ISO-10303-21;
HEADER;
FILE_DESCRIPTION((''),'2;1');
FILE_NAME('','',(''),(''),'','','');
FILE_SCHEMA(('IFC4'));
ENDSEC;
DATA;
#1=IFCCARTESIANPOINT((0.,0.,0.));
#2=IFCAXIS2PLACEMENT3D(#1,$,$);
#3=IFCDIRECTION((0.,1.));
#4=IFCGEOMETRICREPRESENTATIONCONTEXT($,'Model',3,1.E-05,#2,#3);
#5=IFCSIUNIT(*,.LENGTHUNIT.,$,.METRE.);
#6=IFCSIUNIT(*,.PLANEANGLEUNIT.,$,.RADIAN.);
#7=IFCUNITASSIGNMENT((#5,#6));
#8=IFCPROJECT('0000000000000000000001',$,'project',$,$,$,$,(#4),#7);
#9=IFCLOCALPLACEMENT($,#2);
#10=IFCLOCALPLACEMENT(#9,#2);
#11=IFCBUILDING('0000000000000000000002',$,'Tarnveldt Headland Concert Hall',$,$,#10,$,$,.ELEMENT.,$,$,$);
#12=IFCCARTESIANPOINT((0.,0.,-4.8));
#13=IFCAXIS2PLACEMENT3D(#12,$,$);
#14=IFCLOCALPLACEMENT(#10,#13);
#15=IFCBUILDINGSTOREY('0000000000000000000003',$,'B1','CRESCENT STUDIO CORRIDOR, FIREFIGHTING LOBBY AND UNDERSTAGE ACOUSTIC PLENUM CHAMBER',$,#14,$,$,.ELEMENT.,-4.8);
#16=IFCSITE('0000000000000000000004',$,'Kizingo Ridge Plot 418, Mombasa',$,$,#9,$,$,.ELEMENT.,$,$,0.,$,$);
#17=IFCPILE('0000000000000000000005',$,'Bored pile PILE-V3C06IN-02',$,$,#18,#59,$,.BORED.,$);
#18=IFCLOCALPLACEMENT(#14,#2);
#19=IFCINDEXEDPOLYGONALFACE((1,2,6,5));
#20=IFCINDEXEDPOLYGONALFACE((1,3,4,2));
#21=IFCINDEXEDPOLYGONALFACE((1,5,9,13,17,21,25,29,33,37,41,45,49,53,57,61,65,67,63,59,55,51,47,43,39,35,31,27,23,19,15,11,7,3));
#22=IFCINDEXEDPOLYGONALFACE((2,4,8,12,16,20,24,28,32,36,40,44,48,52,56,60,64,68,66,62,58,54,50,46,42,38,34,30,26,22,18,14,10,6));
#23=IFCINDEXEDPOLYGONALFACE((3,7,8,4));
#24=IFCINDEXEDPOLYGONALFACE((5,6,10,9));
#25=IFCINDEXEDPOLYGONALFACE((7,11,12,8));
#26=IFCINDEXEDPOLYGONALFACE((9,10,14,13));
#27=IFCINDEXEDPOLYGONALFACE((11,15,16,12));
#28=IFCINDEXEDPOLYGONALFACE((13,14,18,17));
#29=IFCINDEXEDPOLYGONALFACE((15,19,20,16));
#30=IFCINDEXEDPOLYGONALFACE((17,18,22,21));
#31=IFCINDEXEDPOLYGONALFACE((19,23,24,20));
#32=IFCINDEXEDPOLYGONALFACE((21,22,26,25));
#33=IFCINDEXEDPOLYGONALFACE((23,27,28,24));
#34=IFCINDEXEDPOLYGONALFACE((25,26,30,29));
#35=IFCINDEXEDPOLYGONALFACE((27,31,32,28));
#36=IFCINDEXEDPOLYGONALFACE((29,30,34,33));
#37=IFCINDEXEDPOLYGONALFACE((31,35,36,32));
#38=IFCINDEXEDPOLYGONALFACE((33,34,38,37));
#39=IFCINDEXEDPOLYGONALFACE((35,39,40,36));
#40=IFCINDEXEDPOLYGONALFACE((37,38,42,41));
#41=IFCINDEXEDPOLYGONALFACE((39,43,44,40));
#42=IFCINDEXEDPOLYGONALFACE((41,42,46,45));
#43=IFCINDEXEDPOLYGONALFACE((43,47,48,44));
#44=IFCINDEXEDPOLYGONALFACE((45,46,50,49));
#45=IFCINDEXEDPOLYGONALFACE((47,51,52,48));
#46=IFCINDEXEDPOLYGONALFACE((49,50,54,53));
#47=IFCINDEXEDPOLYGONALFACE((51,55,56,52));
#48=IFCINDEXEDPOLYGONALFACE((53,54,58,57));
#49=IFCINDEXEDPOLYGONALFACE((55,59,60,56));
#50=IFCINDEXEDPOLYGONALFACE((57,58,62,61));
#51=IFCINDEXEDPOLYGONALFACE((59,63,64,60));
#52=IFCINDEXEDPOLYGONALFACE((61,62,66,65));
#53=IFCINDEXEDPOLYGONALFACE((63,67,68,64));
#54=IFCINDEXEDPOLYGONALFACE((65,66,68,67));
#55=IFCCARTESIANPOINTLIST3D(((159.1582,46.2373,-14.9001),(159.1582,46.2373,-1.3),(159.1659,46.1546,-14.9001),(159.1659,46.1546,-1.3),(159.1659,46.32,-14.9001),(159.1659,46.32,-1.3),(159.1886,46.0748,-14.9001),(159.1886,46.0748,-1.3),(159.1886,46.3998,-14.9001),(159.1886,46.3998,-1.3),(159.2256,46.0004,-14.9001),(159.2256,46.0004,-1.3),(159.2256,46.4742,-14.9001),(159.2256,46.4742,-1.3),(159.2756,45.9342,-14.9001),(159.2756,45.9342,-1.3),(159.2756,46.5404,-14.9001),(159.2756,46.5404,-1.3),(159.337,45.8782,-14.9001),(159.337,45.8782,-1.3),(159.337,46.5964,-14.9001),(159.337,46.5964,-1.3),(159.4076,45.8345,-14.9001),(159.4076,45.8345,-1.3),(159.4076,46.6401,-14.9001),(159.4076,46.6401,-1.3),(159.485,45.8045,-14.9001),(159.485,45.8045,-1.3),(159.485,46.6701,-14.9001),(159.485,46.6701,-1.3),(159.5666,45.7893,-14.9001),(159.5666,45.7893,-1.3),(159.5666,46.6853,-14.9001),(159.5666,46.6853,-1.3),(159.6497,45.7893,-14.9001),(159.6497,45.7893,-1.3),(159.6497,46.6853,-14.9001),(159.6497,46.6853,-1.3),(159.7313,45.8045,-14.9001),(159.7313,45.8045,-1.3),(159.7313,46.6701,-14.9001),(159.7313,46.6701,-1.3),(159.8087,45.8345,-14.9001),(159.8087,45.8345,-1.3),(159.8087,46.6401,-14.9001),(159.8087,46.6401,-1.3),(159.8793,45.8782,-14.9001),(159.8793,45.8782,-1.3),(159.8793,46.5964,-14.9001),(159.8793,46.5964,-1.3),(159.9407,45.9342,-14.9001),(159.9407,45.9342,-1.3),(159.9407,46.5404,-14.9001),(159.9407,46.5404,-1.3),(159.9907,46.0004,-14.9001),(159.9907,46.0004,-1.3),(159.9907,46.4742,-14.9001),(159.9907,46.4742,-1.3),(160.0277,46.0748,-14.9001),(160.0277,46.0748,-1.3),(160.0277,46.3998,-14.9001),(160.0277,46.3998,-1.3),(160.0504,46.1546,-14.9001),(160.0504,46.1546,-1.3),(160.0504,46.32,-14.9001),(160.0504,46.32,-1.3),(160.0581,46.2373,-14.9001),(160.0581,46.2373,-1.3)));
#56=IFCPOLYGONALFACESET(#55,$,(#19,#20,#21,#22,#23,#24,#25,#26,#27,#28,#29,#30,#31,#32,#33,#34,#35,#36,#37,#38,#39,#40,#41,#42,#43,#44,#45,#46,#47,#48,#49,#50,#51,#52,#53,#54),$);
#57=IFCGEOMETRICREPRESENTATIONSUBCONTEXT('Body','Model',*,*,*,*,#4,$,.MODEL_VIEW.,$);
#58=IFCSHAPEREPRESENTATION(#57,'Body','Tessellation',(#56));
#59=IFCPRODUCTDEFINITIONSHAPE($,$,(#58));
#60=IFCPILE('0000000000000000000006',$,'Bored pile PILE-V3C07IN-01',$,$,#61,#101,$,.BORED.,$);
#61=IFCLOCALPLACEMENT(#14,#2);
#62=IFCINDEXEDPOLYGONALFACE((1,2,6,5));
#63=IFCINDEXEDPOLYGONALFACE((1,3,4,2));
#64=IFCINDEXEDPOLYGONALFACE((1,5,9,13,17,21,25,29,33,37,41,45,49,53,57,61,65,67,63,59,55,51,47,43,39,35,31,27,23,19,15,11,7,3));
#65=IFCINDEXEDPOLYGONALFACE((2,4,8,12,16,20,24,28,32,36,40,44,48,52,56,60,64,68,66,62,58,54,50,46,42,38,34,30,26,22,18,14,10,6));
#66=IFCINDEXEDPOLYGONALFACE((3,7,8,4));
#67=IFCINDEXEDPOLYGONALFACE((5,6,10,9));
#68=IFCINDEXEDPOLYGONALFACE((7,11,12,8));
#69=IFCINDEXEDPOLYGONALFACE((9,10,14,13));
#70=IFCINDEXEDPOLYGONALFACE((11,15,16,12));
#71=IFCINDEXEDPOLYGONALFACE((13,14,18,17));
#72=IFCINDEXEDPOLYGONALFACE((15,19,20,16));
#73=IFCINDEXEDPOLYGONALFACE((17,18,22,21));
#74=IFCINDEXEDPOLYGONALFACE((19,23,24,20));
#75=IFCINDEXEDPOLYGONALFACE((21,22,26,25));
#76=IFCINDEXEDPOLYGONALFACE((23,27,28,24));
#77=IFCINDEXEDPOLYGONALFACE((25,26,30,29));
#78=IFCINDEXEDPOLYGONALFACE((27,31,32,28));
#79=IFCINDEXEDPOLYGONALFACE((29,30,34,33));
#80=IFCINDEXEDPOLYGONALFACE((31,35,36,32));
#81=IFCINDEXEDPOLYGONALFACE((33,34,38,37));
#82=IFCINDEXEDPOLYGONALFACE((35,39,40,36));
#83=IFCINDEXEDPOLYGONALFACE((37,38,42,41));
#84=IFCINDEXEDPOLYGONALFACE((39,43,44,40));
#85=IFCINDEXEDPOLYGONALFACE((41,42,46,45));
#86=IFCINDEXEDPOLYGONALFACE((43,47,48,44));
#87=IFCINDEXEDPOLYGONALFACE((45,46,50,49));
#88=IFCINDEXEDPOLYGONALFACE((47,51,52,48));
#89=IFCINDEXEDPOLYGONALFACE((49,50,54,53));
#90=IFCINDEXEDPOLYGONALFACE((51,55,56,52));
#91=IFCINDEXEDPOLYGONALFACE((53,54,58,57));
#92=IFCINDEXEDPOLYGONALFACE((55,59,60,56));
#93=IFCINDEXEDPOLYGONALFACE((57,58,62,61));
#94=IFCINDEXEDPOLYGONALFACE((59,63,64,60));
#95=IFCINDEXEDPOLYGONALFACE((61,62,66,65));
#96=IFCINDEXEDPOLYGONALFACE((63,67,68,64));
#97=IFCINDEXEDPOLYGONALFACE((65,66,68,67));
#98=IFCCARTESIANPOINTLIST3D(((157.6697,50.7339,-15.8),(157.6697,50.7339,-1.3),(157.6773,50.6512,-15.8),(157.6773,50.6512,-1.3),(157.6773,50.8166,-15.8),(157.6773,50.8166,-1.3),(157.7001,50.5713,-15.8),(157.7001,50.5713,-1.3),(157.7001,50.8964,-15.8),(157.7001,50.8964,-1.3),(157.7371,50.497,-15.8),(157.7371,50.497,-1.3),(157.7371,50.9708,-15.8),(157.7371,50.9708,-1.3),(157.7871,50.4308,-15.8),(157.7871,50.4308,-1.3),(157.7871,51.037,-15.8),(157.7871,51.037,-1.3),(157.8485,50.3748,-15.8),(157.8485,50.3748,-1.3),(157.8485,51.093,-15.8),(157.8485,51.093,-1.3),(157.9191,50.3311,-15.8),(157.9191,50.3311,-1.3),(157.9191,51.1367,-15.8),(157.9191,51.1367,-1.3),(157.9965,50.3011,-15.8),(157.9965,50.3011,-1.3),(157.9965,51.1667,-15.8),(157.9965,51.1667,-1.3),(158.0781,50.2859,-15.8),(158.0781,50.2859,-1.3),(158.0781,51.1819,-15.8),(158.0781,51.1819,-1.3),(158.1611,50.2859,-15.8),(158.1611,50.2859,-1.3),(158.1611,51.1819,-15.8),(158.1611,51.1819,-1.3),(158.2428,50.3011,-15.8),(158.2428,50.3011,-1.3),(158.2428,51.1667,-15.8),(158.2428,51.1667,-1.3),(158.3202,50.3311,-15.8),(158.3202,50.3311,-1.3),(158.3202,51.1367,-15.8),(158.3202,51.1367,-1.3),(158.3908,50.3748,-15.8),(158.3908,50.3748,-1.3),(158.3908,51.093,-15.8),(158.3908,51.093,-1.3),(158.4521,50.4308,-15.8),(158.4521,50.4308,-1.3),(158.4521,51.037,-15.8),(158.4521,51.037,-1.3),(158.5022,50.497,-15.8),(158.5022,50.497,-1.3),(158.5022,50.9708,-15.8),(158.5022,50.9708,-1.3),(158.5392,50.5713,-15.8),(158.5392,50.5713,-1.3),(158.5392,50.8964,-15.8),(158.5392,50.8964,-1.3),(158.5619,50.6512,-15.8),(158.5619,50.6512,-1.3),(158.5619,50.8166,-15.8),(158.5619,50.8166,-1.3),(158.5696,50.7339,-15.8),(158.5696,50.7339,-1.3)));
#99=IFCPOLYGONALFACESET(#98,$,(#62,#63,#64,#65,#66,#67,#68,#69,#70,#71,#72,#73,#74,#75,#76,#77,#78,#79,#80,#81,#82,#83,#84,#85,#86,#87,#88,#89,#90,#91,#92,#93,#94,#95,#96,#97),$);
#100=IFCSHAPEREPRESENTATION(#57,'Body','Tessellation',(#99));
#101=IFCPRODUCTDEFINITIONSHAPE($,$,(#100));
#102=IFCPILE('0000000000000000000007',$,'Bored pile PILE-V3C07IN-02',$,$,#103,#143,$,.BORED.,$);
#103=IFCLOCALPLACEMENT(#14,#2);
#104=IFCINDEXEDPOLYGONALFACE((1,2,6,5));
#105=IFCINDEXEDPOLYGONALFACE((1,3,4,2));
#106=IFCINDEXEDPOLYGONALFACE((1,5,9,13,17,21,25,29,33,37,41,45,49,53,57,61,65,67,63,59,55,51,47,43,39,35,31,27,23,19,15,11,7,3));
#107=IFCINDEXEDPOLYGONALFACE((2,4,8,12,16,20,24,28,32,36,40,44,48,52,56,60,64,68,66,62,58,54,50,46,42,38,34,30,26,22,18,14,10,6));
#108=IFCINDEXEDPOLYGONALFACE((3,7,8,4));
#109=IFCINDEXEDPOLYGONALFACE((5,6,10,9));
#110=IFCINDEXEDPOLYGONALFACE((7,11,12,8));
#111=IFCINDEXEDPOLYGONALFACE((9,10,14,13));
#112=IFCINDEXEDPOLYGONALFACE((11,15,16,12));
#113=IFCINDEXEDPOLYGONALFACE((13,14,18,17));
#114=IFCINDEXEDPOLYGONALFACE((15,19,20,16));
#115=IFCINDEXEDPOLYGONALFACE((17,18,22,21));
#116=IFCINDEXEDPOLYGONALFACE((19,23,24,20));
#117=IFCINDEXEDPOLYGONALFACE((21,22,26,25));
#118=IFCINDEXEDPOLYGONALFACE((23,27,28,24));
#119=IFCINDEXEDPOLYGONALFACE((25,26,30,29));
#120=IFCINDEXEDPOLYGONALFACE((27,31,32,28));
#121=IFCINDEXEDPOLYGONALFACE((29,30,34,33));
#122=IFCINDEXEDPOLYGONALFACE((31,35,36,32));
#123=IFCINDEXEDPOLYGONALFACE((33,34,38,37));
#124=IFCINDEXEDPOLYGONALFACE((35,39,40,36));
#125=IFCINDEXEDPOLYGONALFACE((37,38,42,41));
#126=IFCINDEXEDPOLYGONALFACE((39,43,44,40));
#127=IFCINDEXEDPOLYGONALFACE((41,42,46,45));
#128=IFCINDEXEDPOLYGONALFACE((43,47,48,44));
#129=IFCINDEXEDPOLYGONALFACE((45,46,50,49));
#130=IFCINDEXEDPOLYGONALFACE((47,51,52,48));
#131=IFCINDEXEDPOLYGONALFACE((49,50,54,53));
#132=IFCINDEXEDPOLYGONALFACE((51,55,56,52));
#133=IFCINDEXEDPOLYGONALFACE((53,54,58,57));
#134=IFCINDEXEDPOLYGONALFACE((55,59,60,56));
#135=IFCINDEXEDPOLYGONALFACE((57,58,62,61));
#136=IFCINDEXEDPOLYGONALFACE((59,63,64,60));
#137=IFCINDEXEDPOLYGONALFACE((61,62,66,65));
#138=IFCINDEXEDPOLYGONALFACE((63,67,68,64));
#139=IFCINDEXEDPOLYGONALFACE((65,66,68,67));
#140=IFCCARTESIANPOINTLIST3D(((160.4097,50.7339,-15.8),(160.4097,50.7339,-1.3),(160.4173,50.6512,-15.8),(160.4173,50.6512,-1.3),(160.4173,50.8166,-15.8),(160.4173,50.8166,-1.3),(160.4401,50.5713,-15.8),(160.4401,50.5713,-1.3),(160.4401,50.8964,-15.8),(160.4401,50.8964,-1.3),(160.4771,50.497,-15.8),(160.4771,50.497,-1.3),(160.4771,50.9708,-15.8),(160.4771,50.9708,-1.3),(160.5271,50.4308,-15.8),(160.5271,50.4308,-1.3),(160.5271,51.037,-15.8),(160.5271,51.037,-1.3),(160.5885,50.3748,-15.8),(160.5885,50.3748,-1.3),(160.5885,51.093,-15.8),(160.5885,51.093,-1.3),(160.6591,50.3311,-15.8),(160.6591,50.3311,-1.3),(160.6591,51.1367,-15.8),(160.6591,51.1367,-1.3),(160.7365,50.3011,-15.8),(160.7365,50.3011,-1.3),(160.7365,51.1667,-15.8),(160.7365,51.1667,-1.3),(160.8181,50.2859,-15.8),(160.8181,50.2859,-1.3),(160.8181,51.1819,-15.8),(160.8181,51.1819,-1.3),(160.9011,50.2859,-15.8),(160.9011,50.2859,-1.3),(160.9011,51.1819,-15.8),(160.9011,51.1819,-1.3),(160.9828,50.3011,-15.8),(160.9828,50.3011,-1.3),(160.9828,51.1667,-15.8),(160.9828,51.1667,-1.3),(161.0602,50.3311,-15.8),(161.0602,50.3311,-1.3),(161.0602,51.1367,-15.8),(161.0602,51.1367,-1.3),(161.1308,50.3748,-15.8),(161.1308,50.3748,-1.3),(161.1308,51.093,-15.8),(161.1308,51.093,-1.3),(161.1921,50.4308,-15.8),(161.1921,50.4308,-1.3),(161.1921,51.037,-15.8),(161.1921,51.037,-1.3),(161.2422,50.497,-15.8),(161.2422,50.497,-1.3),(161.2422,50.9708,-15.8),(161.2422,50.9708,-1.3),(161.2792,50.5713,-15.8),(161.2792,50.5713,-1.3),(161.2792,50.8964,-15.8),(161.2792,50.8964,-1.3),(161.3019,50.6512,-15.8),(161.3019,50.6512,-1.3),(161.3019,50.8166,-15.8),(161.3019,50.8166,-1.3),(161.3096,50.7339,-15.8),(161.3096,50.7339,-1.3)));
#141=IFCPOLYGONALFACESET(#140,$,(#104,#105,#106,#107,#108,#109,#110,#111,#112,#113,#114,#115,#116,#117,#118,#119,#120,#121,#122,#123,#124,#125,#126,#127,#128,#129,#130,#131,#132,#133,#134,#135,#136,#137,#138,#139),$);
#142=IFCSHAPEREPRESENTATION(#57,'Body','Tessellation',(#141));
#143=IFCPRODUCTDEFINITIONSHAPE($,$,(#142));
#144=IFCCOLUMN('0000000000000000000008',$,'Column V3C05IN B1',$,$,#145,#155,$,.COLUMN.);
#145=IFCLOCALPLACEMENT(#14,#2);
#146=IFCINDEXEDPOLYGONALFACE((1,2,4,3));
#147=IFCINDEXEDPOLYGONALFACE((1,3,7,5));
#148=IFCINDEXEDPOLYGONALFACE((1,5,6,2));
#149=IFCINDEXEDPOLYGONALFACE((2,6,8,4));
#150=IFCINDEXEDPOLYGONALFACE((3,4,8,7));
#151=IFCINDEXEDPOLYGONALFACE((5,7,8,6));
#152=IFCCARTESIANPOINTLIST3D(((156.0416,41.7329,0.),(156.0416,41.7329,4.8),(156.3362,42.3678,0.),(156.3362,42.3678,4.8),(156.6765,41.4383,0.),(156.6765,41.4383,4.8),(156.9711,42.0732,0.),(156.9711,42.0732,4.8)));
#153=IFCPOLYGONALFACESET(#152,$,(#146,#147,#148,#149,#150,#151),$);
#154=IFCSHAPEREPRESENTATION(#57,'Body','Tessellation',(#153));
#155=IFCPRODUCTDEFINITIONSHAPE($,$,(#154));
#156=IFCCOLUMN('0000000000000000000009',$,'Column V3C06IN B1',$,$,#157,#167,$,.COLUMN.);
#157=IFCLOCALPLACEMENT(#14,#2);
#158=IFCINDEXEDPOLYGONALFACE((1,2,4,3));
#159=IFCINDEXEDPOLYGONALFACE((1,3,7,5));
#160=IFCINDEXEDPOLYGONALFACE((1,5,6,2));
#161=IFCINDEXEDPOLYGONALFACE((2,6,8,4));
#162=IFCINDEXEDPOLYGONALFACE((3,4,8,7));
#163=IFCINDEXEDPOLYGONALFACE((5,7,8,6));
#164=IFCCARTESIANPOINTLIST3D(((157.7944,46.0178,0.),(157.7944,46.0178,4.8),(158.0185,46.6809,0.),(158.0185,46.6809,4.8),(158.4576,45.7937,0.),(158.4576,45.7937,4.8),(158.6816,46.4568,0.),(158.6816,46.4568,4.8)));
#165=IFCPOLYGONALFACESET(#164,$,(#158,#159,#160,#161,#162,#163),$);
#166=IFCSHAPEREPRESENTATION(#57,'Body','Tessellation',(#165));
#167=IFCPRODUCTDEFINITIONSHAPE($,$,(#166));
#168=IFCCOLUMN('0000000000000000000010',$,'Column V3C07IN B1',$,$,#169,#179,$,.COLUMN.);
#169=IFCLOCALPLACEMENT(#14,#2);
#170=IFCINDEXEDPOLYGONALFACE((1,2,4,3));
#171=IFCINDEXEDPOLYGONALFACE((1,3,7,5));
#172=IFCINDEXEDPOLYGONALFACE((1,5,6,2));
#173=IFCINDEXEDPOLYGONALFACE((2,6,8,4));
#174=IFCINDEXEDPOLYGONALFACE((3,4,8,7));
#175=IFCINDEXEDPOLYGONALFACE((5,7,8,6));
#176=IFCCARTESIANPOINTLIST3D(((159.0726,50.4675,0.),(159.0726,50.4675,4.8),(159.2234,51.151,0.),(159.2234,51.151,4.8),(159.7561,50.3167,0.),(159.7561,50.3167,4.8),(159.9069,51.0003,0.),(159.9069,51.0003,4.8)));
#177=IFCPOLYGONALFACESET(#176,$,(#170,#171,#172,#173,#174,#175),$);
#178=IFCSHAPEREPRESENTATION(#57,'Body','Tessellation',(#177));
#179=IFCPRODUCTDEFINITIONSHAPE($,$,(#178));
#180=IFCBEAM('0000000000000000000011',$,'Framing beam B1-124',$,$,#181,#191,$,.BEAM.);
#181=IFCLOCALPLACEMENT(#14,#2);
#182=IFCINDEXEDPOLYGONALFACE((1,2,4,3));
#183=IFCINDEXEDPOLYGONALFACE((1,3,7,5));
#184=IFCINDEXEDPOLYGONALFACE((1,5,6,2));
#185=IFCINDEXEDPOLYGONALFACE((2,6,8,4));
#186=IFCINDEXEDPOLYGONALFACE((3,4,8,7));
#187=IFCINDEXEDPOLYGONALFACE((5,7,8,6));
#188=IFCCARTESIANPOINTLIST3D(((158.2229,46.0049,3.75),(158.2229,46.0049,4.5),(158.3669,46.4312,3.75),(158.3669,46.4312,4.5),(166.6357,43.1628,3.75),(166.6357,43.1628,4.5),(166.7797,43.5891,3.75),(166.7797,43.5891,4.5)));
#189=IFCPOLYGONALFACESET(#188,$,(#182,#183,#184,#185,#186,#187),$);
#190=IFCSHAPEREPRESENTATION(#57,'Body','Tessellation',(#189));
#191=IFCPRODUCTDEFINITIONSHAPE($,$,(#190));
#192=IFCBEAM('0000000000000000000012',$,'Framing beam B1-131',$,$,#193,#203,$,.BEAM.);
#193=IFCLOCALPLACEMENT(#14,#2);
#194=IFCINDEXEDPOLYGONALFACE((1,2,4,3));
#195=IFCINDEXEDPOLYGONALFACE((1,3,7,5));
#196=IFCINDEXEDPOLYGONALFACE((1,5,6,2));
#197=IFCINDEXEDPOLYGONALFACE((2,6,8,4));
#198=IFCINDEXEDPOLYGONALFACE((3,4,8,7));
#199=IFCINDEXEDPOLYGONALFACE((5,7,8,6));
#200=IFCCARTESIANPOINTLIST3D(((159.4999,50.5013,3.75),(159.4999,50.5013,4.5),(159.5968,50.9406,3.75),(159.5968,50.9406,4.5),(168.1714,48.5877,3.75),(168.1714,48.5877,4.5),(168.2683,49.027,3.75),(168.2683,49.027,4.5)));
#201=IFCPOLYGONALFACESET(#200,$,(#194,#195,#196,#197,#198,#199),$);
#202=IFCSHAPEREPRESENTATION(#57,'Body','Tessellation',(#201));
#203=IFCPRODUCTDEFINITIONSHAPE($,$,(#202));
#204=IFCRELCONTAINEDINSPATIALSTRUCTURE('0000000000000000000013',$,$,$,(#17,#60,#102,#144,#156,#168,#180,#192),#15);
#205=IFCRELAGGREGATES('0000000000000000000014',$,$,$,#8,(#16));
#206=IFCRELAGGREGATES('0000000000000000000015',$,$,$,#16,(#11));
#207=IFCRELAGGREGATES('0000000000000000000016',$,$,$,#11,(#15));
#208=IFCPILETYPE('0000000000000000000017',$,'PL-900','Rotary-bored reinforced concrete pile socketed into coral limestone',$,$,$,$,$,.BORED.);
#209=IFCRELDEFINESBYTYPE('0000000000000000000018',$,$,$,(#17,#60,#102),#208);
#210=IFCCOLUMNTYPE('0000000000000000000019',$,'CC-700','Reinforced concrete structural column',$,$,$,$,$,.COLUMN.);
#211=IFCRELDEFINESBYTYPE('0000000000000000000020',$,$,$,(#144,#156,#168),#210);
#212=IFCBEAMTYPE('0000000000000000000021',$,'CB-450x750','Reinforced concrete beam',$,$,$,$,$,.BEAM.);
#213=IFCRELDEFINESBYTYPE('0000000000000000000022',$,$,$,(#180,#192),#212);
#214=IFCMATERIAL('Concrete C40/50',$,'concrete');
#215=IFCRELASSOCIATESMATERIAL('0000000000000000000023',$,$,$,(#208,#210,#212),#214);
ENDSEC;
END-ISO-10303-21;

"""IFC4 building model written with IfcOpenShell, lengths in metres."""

from ifc_helpers import new_model, si_unit, direction, frame, origin, origin_2d, place, context, subcontext, project, spatial, rectangle, circle, extrude, material, material_profile, profile_set, type_object, element, save


model = new_model("IFC4")

# Units and contexts
model_context = context("Model", 3, precision=1e-05, world=origin(), true_north=direction((0.0, 1.0)))
body_context = subcontext(model_context, "Body", "Model", "MODEL_VIEW")
ifc_project = project(units=[si_unit("LENGTHUNIT", "METRE"), si_unit("PLANEANGLEUNIT", "RADIAN")], contexts=[model_context])

# Site, building, storey
site_placement = place(None, origin())
site = spatial("IfcSite", under=ifc_project, at=site_placement, Name="Kizingo Ridge Plot 418, Mombasa", CompositionType="ELEMENT", RefElevation=0.0)
building_placement = place(site_placement, origin())
building = spatial("IfcBuilding", under=site, at=building_placement, Name="Tarnveldt Headland Concert Hall", CompositionType="ELEMENT")
storey_placement = place(building_placement, frame((0.0, 0.0, -4.8)))
storey = spatial("IfcBuildingStorey", under=building, at=storey_placement, Name="B1", Description="CRESCENT STUDIO CORRIDOR, FIREFIGHTING LOBBY AND UNDERSTAGE ACOUSTIC PLENUM CHAMBER", CompositionType="ELEMENT", Elevation=-4.8)

# Shared definitions
ifc_material_1 = material(Name="Concrete C40/50", Category="concrete")

# Piles
ifc_material_profile_1 = material_profile(ifc_material_1, circle(Radius=0.45, at=origin_2d()), Name="BORED PILE D900", Category="concrete")
ifc_profile_set_1 = profile_set([ifc_material_profile_1], Name="Concrete C40/50")
pile_type = type_object("IfcPileType", Name="PL-900", Description="Rotary-bored reinforced concrete pile socketed into coral limestone", PredefinedType="BORED", material=ifc_profile_set_1)
for number, where, z_axis, x_axis, name in (
    (1, (159.6082, 46.2373, -1.3), (0.0, 0.0, -1.0), (1.0, 0.0, 0.0), "Bored pile PILE-V3C06IN-02"),
):
    element("IfcPile", number, at=place(storey_placement, frame(where, z_axis=z_axis, x_axis=x_axis)), inside=storey, type_object=pile_type, Name=name, PredefinedType="BORED", context=body_context, shape_type="SweptSolid", body=[
        extrude(circle(Radius=0.45, at=origin_2d()), origin(), (0.0, 0.0, 1.0), 13.6001),
    ])
for number, where, z_axis, x_axis, name in (
    (2, (158.1196, 50.7339, -1.3), (0.0, 0.0, -1.0), (1.0, 0.0, 0.0), "Bored pile PILE-V3C07IN-01"),
    (3, (160.8596, 50.7339, -1.3), (0.0, 0.0, -1.0), (1.0, 0.0, 0.0), "Bored pile PILE-V3C07IN-02"),
):
    element("IfcPile", number, at=place(storey_placement, frame(where, z_axis=z_axis, x_axis=x_axis)), inside=storey, type_object=pile_type, Name=name, PredefinedType="BORED", context=body_context, shape_type="SweptSolid", body=[
        extrude(circle(Radius=0.45, at=origin_2d()), origin(), (0.0, 0.0, 1.0), 14.5),
    ])

# Columns
ifc_material_profile_2 = material_profile(ifc_material_1, rectangle(XDim=0.7, YDim=0.7, at=origin_2d()), Name="RC 700x700", Category="concrete")
ifc_profile_set_2 = profile_set([ifc_material_profile_2], Name="Concrete C40/50")
column_type = type_object("IfcColumnType", Name="CC-700", Description="Reinforced concrete structural column", PredefinedType="COLUMN", material=ifc_profile_set_2)
for number, where, z_axis, x_axis, name in (
    (4, (156.5063, 41.9031, 0.0), (0.0, 0.0, 1.0), (0.907117, -0.420877, 0.0), "Column V3C05IN B1"),
    (5, (158.238, 46.2373, 0.0), (0.0, 0.0, 1.0), (0.947378, -0.320117, 0.0), "Column V3C06IN B1"),
    (6, (159.4897, 50.7339, 0.0), (0.0, 0.0, 1.0), (0.976522, -0.215417, 0.0), "Column V3C07IN B1"),
):
    element("IfcColumn", number, at=place(storey_placement, frame(where, z_axis=z_axis, x_axis=x_axis)), inside=storey, type_object=column_type, Name=name, PredefinedType="COLUMN", context=body_context, shape_type="SweptSolid", body=[
        extrude(rectangle(XDim=0.7, YDim=0.7, at=origin_2d()), origin(), (0.0, 0.0, 1.0), 4.8),
    ])

# Beams
ifc_material_profile_3 = material_profile(ifc_material_1, rectangle(XDim=0.45, YDim=0.75, at=origin_2d()), Name="RC 450x750", Category="concrete")
ifc_profile_set_3 = profile_set([ifc_material_profile_3], Name="Concrete C40/50")
beam_type_1 = type_object("IfcBeamType", Name="CB-450x750", Description="Reinforced concrete beam", PredefinedType="BEAM", material=ifc_profile_set_3)
beam_1_placement = place(storey_placement, frame((158.2949, 46.218, 4.125), z_axis=(0.9474, -0.320052, 0.0), x_axis=(0.320052, 0.9474, 0.0)))
element("IfcBeam", 7, at=beam_1_placement, inside=storey, type_object=beam_type_1, Name="Framing beam B1-124", PredefinedType="BEAM", context=body_context, shape_type="SweptSolid", body=[
    extrude(rectangle(XDim=0.45, YDim=0.75, at=origin_2d()), origin(), (0.0, 0.0, 1.0), 8.8799),
])
beam_2_placement = place(storey_placement, frame((159.5483, 50.7209, 4.125), z_axis=(0.976506, -0.215492, 0.0), x_axis=(0.215492, 0.976506, 0.0)))
element("IfcBeam", 8, at=beam_2_placement, inside=storey, type_object=beam_type_1, Name="Framing beam B1-131", PredefinedType="BEAM", context=body_context, shape_type="SweptSolid", body=[
    extrude(rectangle(XDim=0.45, YDim=0.75, at=origin_2d()), origin(), (0.0, 0.0, 1.0), 8.8801),
])

save(model, "model.ifc")
